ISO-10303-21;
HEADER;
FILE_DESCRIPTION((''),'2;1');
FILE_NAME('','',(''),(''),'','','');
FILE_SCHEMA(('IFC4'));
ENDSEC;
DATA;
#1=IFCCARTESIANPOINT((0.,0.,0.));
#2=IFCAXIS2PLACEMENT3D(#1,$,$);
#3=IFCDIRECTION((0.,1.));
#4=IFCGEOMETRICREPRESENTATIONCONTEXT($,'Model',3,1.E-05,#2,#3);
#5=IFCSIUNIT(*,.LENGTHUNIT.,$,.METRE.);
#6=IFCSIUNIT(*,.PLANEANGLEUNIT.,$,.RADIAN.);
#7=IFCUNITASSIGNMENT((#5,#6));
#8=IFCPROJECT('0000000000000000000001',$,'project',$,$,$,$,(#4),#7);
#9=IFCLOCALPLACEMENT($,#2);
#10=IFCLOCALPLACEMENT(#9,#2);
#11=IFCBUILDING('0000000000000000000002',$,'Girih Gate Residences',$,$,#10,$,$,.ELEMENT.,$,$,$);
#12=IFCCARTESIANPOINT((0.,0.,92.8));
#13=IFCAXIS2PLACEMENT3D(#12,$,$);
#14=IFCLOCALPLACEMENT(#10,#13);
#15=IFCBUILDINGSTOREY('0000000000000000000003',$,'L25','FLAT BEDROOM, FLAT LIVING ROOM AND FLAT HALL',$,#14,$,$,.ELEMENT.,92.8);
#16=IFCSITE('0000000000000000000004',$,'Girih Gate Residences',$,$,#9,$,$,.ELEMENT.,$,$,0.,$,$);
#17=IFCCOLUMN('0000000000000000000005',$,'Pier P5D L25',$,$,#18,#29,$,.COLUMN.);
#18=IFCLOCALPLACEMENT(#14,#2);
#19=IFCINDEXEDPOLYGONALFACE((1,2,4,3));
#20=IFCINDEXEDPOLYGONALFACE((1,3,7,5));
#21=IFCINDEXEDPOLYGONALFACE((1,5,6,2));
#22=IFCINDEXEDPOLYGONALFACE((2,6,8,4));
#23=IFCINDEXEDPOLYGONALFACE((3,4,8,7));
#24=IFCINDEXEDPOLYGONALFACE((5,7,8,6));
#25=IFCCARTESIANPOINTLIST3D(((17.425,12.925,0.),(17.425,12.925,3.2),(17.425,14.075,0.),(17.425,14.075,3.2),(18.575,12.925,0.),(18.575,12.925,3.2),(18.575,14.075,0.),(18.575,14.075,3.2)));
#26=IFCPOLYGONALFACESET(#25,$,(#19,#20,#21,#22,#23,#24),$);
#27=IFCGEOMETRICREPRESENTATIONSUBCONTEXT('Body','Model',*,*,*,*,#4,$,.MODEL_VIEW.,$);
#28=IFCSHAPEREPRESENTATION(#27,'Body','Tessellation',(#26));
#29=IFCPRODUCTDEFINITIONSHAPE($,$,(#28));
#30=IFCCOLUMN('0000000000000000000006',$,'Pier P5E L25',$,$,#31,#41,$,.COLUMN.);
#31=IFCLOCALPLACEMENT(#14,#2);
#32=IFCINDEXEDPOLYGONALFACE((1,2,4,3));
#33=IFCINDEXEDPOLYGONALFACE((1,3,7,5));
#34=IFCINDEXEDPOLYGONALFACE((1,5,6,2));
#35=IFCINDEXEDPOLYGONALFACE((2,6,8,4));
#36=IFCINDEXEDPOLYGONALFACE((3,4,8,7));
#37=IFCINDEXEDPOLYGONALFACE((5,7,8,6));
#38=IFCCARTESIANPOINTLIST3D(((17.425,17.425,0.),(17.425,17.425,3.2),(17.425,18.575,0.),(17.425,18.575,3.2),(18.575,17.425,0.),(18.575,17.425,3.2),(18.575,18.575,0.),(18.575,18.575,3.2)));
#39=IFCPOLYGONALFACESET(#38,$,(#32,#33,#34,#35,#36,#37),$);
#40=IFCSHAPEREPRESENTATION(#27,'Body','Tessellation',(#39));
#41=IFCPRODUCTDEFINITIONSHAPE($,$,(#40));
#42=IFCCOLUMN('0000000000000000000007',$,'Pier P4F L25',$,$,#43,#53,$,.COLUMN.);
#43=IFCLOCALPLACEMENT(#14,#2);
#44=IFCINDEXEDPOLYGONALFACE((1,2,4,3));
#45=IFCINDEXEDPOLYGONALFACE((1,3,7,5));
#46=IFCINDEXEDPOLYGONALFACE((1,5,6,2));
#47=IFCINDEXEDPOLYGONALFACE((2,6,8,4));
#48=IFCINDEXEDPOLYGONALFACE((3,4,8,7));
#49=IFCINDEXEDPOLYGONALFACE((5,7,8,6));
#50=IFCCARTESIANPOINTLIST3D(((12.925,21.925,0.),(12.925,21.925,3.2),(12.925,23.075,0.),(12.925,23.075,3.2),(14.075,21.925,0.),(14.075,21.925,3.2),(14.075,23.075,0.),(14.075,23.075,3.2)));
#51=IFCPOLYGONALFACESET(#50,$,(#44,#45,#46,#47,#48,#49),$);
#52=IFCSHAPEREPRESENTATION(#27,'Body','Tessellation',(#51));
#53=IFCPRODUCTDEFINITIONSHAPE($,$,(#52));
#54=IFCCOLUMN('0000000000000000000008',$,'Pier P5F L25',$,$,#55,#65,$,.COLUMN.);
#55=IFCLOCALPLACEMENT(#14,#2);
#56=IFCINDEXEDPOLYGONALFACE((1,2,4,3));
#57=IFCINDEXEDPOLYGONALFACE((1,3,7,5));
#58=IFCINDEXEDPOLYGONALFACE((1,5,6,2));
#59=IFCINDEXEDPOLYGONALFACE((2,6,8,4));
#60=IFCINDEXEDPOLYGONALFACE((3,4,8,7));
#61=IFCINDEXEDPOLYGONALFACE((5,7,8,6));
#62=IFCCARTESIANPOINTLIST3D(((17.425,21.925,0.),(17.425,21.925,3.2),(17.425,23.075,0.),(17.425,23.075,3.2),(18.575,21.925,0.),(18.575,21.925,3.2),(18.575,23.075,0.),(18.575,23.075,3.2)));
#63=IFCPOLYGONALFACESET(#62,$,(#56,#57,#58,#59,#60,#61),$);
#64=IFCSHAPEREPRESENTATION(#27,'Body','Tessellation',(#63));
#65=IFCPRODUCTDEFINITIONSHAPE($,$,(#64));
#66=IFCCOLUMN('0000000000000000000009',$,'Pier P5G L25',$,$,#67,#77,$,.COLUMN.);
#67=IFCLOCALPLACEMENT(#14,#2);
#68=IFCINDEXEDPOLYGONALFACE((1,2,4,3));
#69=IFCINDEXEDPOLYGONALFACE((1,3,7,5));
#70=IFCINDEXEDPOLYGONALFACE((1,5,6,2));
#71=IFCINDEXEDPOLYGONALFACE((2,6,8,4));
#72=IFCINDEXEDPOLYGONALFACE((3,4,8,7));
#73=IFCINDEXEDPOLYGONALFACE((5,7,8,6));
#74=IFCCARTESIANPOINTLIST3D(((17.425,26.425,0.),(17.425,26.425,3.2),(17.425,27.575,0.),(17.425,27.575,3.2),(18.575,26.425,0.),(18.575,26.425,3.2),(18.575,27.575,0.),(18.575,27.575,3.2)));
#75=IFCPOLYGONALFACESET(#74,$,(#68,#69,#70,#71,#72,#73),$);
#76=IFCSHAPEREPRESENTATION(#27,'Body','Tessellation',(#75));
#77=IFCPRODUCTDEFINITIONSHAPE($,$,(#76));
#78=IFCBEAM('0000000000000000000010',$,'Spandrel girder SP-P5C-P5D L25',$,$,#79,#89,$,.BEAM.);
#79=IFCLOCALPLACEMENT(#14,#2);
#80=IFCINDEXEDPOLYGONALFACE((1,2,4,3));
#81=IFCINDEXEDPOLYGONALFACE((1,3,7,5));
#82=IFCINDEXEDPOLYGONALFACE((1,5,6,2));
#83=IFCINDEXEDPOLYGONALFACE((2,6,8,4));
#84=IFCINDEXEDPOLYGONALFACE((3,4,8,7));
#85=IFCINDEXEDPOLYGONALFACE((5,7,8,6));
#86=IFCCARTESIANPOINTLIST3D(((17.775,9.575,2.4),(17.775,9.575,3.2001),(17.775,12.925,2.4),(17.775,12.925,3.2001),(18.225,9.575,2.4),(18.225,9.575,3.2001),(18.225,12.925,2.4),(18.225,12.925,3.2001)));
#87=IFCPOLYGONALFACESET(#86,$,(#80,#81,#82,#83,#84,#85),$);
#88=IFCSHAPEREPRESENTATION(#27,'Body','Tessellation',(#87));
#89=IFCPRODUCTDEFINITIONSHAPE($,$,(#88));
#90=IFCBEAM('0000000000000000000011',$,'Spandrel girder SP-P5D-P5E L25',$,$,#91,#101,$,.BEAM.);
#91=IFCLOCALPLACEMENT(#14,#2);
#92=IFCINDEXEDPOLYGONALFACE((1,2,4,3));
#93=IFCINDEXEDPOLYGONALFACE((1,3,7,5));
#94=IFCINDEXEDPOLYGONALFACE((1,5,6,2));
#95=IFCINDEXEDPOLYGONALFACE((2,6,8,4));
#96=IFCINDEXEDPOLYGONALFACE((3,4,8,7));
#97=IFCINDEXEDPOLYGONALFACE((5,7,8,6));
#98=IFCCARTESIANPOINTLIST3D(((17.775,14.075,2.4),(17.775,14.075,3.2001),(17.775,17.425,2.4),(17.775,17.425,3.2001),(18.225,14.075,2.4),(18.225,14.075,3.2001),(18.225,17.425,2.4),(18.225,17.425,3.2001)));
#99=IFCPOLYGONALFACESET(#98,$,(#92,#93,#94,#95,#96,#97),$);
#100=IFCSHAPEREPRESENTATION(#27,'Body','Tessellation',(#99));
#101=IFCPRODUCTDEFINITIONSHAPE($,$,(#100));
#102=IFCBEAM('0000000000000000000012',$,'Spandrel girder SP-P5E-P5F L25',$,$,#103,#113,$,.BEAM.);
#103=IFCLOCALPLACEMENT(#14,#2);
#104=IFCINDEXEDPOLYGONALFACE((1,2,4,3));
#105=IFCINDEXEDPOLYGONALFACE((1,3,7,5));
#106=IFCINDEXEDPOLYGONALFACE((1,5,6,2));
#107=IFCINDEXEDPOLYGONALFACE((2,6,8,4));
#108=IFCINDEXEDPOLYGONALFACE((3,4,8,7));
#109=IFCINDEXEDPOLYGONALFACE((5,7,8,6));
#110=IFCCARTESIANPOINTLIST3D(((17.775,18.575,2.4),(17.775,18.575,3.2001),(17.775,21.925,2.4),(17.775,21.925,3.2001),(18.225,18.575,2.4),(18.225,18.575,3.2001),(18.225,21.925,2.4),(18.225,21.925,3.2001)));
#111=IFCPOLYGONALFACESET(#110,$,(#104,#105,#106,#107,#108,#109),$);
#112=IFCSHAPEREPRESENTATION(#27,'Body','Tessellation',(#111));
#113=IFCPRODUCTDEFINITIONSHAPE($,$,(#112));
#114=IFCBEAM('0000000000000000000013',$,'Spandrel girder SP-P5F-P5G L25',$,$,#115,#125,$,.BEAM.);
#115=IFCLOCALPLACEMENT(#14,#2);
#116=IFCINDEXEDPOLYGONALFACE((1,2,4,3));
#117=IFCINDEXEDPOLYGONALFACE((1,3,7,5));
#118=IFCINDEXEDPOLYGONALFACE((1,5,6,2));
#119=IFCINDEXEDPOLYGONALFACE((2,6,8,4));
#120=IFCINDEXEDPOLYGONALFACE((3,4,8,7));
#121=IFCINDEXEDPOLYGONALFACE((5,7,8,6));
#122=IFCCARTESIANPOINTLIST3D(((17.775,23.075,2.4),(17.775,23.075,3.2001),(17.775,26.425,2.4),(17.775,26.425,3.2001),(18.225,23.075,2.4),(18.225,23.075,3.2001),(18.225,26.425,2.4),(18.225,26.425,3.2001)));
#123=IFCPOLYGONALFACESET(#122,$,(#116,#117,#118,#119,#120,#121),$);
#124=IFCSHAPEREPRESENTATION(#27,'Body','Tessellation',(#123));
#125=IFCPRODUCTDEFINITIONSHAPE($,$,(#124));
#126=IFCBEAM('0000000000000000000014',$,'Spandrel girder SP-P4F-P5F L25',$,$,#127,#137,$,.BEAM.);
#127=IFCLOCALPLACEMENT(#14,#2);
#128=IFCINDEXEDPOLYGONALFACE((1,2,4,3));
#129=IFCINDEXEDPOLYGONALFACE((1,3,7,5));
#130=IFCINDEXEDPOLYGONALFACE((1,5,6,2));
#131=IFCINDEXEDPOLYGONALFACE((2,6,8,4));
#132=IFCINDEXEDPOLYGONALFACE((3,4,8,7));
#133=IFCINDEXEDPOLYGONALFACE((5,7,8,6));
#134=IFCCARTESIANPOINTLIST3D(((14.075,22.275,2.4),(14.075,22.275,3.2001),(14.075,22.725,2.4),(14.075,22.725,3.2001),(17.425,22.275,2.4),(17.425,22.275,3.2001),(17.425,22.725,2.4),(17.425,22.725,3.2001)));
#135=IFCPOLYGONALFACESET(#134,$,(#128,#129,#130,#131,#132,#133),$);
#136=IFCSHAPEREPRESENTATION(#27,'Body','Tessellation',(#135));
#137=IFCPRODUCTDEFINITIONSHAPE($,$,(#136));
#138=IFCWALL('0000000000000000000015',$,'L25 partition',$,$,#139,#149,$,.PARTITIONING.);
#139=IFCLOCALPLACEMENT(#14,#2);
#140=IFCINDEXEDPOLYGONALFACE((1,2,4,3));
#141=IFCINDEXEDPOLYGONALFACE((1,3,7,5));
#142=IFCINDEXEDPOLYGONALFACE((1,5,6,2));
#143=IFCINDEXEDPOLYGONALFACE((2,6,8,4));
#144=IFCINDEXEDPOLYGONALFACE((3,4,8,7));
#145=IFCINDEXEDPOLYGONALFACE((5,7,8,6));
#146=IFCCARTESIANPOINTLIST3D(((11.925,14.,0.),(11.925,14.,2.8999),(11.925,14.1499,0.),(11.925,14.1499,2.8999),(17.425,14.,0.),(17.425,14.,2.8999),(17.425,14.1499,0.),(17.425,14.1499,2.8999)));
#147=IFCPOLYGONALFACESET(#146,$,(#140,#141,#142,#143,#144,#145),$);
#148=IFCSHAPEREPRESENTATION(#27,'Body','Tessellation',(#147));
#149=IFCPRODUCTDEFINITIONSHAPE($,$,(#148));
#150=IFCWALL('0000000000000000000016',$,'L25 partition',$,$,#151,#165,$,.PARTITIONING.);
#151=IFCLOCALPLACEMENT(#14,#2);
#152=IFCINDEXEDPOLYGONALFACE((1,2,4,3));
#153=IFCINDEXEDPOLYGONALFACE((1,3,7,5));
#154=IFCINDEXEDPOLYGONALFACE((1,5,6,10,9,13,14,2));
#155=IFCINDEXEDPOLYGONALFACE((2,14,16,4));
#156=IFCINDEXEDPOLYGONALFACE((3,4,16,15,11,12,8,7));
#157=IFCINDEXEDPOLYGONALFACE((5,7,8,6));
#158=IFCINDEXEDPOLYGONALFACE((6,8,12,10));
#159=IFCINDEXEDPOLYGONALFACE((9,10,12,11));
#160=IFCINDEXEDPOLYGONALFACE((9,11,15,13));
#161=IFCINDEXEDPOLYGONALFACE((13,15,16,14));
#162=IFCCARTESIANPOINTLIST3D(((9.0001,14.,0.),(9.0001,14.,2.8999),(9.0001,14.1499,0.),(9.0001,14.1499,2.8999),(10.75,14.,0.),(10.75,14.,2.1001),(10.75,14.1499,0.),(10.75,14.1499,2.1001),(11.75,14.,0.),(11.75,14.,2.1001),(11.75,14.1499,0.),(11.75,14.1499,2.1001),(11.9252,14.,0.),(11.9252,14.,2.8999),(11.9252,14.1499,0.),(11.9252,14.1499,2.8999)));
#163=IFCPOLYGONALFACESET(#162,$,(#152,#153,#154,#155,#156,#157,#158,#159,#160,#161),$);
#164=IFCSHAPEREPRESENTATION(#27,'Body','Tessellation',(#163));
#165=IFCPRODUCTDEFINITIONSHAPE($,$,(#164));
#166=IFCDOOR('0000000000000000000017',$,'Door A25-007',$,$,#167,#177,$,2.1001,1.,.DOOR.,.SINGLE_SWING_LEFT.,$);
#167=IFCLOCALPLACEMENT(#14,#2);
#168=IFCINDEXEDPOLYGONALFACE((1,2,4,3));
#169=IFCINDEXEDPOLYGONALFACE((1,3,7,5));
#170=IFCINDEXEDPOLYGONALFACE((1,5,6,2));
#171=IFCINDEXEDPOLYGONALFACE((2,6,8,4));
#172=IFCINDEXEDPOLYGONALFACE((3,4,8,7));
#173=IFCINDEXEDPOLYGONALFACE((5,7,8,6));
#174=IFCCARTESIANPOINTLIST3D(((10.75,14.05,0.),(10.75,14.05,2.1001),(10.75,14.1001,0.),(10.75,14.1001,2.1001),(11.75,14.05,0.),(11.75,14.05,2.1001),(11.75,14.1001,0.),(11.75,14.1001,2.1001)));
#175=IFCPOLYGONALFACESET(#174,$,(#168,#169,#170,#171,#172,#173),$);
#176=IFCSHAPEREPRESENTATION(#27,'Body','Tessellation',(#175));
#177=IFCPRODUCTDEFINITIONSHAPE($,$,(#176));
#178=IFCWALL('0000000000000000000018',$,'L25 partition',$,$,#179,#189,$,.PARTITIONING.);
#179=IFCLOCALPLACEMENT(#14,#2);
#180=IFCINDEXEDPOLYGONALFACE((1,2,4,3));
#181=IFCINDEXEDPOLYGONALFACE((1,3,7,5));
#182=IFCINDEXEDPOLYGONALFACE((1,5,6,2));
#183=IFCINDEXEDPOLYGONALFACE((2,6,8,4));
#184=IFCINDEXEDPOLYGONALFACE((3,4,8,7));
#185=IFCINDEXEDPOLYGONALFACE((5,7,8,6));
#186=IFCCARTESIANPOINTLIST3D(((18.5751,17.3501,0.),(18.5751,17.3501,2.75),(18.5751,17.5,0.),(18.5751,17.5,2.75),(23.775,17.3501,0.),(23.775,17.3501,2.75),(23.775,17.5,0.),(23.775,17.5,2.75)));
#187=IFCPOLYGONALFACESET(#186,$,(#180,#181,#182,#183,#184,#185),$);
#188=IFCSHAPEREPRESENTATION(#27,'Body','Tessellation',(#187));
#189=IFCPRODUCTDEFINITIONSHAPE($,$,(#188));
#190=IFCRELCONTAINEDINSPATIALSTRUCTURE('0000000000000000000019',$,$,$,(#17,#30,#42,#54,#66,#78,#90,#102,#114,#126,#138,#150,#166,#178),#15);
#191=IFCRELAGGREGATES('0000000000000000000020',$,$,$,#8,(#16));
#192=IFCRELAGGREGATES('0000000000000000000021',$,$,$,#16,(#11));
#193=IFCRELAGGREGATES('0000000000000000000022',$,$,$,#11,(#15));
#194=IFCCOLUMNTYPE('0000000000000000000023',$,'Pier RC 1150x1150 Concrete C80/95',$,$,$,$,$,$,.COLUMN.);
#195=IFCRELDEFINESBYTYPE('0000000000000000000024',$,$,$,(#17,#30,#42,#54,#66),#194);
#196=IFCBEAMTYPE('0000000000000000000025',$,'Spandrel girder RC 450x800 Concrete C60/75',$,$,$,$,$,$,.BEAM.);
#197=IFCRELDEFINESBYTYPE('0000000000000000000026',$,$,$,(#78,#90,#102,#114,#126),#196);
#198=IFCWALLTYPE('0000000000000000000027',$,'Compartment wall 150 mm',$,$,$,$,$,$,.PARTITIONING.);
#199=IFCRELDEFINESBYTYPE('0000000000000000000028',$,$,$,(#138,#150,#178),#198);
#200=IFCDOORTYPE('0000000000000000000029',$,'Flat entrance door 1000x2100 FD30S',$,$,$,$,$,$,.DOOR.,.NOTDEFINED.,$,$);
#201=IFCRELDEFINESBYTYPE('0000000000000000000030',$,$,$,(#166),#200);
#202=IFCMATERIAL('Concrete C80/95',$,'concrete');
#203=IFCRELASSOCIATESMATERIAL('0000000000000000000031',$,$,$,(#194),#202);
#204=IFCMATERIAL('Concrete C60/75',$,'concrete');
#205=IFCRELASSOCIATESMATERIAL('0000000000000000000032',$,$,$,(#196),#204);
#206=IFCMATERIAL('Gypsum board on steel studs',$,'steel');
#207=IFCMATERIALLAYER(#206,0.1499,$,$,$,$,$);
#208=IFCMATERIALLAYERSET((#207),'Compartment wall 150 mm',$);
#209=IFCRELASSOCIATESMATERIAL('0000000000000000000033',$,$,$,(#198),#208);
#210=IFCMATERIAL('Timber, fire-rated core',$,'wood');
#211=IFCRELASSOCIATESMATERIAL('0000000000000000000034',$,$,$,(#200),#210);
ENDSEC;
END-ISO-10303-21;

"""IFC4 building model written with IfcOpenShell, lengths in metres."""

from ifc_helpers import new_model, si_unit, direction, frame, frame_2d, origin, origin_2d, place, context, subcontext, project, spatial, rectangle, extrude, material, layer, layer_set, material_profile, profile_set, type_object, element, fill, save


model = new_model("IFC4")

# Units and contexts
model_context = context("Model", 3, precision=1e-05, world=origin(), true_north=direction((0.0, 1.0)))
body_context = subcontext(model_context, "Body", "Model", "MODEL_VIEW")
ifc_project = project(units=[si_unit("LENGTHUNIT", "METRE"), si_unit("PLANEANGLEUNIT", "RADIAN")], contexts=[model_context])

# Site, building, storey
site_placement = place(None, origin())
site = spatial("IfcSite", under=ifc_project, at=site_placement, Name="Girih Gate Residences", CompositionType="ELEMENT", RefElevation=0.0)
building_placement = place(site_placement, origin())
building = spatial("IfcBuilding", under=site, at=building_placement, Name="Girih Gate Residences", CompositionType="ELEMENT")
storey_placement = place(building_placement, frame((0.0, 0.0, 92.8)))
storey = spatial("IfcBuildingStorey", under=building, at=storey_placement, Name="L25", Description="FLAT BEDROOM, FLAT LIVING ROOM AND FLAT HALL", CompositionType="ELEMENT", Elevation=92.8)

# Columns
ifc_material_1 = material(Name="Concrete C80/95", Category="concrete")
ifc_material_profile_1 = material_profile(ifc_material_1, rectangle(XDim=1.1499, YDim=1.1499, at=origin_2d()))
ifc_profile_set_1 = profile_set([ifc_material_profile_1], Name="Concrete C80/95")
column_type = type_object("IfcColumnType", Name="Pier RC 1150x1150 Concrete C80/95", PredefinedType="COLUMN", material=ifc_profile_set_1)
for number, where, z_axis, x_axis, name in (
    (1, (18.0, 13.5, 0.0), (0.0, 0.0, 1.0), (1.0, 0.0, 0.0), "Pier P5D L25"),
    (2, (18.0, 18.0, 0.0), (0.0, 0.0, 1.0), (1.0, 0.0, 0.0), "Pier P5E L25"),
    (3, (13.5, 22.5, 0.0), (0.0, 0.0, 1.0), (1.0, 0.0, 0.0), "Pier P4F L25"),
    (4, (18.0, 22.5, 0.0), (0.0, 0.0, 1.0), (1.0, 0.0, 0.0), "Pier P5F L25"),
    (5, (18.0, 27.0, 0.0), (0.0, 0.0, 1.0), (1.0, 0.0, 0.0), "Pier P5G L25"),
):
    element("IfcColumn", number, at=place(storey_placement, frame(where, z_axis=z_axis, x_axis=x_axis)), inside=storey, type_object=column_type, Name=name, PredefinedType="COLUMN", context=body_context, shape_type="SweptSolid", body=[
        extrude(rectangle(XDim=1.1499, YDim=1.1499, at=origin_2d()), origin(), (0.0, 0.0, 1.0), 3.2),
    ])

# Beams
ifc_material_2 = material(Name="Concrete C60/75", Category="concrete")
ifc_material_profile_2 = material_profile(ifc_material_2, rectangle(XDim=0.45, YDim=0.8, at=origin_2d()))
ifc_profile_set_2 = profile_set([ifc_material_profile_2], Name="Concrete C60/75")
beam_type = type_object("IfcBeamType", Name="Spandrel girder RC 450x800 Concrete C60/75", PredefinedType="BEAM", material=ifc_profile_set_2)
for number, where, z_axis, x_axis, name in (
    (6, (18.0, 9.575, 2.8), (0.0, 1.0, 0.0), (-1.0, 0.0, 0.0), "Spandrel girder SP-P5C-P5D L25"),
    (7, (18.0, 14.075, 2.8), (0.0, 1.0, 0.0), (-1.0, 0.0, 0.0), "Spandrel girder SP-P5D-P5E L25"),
    (8, (18.0, 18.575, 2.8), (0.0, 1.0, 0.0), (-1.0, 0.0, 0.0), "Spandrel girder SP-P5E-P5F L25"),
    (9, (18.0, 23.075, 2.8), (0.0, 1.0, 0.0), (-1.0, 0.0, 0.0), "Spandrel girder SP-P5F-P5G L25"),
    (10, (14.075, 22.5, 2.8), (1.0, 0.0, 0.0), (0.0, 1.0, 0.0), "Spandrel girder SP-P4F-P5F L25"),
):
    element("IfcBeam", number, at=place(storey_placement, frame(where, z_axis=z_axis, x_axis=x_axis)), inside=storey, type_object=beam_type, Name=name, PredefinedType="BEAM", context=body_context, shape_type="SweptSolid", body=[
        extrude(rectangle(XDim=0.45, YDim=0.8, at=origin_2d()), origin(), (0.0, 0.0, 1.0), 3.3501),
    ])

# Wall
ifc_material_3 = material(Name="Gypsum board on steel studs", Category="steel")
ifc_layer_1 = layer(ifc_material_3, 0.1499)
ifc_layer_set_1 = layer_set([ifc_layer_1], Name="Compartment wall 150 mm")
wall_type_1 = type_object("IfcWallType", Name="Compartment wall 150 mm", PredefinedType="PARTITIONING", material=ifc_layer_set_1)
wall_1_placement = place(storey_placement, frame((11.925, 14.075, 0.0), z_axis=(0.0, 0.0, 1.0), x_axis=(1.0, 0.0, 0.0)))
element("IfcWall", 11, at=wall_1_placement, inside=storey, type_object=wall_type_1, Name="L25 partition", PredefinedType="PARTITIONING", context=body_context, shape_type="SweptSolid", body=[
    extrude(rectangle(XDim=5.5, YDim=0.1499, at=frame_2d((2.75, 0.0))), origin(), (0.0, 0.0, 1.0), 2.8999),
])

# Wall, opening, door
wall_2_placement = place(storey_placement, frame((11.925, 14.075, 0.0), z_axis=(0.0, 0.0, 1.0), x_axis=(-1.0, 0.0, 0.0)))
wall_2 = element("IfcWall", 12, at=wall_2_placement, inside=storey, type_object=wall_type_1, Name="L25 partition", PredefinedType="PARTITIONING", context=body_context, shape_type="SweptSolid", body=[
    extrude(rectangle(XDim=2.925, YDim=0.1499, at=frame_2d((1.4624, 0.0))), origin(), (0.0, 0.0, 1.0), 2.8999),
])
opening_1_placement = place(wall_2_placement, frame((0.175, 0.0, 0.0)))
opening_1 = element("IfcOpeningElement", 13, at=opening_1_placement, cuts=wall_2, PredefinedType="OPENING", context=body_context, shape_type="SweptSolid", body=[
    extrude(rectangle(XDim=1.0, YDim=2.1001, at=frame_2d((0.5, 1.05))), frame((0.0, 0.085, 0.0), z_axis=(0.0, -1.0, 0.0), x_axis=(1.0, 0.0, 0.0)), (0.0, 0.0, 1.0), 0.1699),
])
ifc_material_4 = material(Name="Timber, fire-rated core", Category="wood")
door_type_1 = type_object("IfcDoorType", Name="Flat entrance door 1000x2100 FD30S", OperationType="NOTDEFINED", PredefinedType="DOOR", material=ifc_material_4)
door_1_placement = place(opening_1_placement, origin())
door_1 = element("IfcDoor", 14, at=door_1_placement, inside=storey, type_object=door_type_1, Name="Door A25-007", OperationType="SINGLE_SWING_LEFT", OverallHeight=2.1001, OverallWidth=1.0, PredefinedType="DOOR", context=body_context, shape_type="SweptSolid", body=[
    extrude(rectangle(XDim=1.0, YDim=2.1001, at=frame_2d((0.5, 1.05))), frame((0.0, 0.0249, 0.0), z_axis=(0.0, -1.0, 0.0), x_axis=(1.0, 0.0, 0.0)), (0.0, 0.0, 1.0), 0.05),
])
fill(opening_1, door_1)

# Wall
wall_3_placement = place(storey_placement, frame((18.575, 17.425, 0.0), z_axis=(0.0, 0.0, 1.0), x_axis=(1.0, 0.0, 0.0)))
element("IfcWall", 15, at=wall_3_placement, inside=storey, type_object=wall_type_1, Name="L25 partition", PredefinedType="PARTITIONING", context=body_context, shape_type="SweptSolid", body=[
    extrude(rectangle(XDim=5.2, YDim=0.1499, at=frame_2d((2.6001, 0.0))), origin(), (0.0, 0.0, 1.0), 2.75),
])

save(model, "model.ifc")
